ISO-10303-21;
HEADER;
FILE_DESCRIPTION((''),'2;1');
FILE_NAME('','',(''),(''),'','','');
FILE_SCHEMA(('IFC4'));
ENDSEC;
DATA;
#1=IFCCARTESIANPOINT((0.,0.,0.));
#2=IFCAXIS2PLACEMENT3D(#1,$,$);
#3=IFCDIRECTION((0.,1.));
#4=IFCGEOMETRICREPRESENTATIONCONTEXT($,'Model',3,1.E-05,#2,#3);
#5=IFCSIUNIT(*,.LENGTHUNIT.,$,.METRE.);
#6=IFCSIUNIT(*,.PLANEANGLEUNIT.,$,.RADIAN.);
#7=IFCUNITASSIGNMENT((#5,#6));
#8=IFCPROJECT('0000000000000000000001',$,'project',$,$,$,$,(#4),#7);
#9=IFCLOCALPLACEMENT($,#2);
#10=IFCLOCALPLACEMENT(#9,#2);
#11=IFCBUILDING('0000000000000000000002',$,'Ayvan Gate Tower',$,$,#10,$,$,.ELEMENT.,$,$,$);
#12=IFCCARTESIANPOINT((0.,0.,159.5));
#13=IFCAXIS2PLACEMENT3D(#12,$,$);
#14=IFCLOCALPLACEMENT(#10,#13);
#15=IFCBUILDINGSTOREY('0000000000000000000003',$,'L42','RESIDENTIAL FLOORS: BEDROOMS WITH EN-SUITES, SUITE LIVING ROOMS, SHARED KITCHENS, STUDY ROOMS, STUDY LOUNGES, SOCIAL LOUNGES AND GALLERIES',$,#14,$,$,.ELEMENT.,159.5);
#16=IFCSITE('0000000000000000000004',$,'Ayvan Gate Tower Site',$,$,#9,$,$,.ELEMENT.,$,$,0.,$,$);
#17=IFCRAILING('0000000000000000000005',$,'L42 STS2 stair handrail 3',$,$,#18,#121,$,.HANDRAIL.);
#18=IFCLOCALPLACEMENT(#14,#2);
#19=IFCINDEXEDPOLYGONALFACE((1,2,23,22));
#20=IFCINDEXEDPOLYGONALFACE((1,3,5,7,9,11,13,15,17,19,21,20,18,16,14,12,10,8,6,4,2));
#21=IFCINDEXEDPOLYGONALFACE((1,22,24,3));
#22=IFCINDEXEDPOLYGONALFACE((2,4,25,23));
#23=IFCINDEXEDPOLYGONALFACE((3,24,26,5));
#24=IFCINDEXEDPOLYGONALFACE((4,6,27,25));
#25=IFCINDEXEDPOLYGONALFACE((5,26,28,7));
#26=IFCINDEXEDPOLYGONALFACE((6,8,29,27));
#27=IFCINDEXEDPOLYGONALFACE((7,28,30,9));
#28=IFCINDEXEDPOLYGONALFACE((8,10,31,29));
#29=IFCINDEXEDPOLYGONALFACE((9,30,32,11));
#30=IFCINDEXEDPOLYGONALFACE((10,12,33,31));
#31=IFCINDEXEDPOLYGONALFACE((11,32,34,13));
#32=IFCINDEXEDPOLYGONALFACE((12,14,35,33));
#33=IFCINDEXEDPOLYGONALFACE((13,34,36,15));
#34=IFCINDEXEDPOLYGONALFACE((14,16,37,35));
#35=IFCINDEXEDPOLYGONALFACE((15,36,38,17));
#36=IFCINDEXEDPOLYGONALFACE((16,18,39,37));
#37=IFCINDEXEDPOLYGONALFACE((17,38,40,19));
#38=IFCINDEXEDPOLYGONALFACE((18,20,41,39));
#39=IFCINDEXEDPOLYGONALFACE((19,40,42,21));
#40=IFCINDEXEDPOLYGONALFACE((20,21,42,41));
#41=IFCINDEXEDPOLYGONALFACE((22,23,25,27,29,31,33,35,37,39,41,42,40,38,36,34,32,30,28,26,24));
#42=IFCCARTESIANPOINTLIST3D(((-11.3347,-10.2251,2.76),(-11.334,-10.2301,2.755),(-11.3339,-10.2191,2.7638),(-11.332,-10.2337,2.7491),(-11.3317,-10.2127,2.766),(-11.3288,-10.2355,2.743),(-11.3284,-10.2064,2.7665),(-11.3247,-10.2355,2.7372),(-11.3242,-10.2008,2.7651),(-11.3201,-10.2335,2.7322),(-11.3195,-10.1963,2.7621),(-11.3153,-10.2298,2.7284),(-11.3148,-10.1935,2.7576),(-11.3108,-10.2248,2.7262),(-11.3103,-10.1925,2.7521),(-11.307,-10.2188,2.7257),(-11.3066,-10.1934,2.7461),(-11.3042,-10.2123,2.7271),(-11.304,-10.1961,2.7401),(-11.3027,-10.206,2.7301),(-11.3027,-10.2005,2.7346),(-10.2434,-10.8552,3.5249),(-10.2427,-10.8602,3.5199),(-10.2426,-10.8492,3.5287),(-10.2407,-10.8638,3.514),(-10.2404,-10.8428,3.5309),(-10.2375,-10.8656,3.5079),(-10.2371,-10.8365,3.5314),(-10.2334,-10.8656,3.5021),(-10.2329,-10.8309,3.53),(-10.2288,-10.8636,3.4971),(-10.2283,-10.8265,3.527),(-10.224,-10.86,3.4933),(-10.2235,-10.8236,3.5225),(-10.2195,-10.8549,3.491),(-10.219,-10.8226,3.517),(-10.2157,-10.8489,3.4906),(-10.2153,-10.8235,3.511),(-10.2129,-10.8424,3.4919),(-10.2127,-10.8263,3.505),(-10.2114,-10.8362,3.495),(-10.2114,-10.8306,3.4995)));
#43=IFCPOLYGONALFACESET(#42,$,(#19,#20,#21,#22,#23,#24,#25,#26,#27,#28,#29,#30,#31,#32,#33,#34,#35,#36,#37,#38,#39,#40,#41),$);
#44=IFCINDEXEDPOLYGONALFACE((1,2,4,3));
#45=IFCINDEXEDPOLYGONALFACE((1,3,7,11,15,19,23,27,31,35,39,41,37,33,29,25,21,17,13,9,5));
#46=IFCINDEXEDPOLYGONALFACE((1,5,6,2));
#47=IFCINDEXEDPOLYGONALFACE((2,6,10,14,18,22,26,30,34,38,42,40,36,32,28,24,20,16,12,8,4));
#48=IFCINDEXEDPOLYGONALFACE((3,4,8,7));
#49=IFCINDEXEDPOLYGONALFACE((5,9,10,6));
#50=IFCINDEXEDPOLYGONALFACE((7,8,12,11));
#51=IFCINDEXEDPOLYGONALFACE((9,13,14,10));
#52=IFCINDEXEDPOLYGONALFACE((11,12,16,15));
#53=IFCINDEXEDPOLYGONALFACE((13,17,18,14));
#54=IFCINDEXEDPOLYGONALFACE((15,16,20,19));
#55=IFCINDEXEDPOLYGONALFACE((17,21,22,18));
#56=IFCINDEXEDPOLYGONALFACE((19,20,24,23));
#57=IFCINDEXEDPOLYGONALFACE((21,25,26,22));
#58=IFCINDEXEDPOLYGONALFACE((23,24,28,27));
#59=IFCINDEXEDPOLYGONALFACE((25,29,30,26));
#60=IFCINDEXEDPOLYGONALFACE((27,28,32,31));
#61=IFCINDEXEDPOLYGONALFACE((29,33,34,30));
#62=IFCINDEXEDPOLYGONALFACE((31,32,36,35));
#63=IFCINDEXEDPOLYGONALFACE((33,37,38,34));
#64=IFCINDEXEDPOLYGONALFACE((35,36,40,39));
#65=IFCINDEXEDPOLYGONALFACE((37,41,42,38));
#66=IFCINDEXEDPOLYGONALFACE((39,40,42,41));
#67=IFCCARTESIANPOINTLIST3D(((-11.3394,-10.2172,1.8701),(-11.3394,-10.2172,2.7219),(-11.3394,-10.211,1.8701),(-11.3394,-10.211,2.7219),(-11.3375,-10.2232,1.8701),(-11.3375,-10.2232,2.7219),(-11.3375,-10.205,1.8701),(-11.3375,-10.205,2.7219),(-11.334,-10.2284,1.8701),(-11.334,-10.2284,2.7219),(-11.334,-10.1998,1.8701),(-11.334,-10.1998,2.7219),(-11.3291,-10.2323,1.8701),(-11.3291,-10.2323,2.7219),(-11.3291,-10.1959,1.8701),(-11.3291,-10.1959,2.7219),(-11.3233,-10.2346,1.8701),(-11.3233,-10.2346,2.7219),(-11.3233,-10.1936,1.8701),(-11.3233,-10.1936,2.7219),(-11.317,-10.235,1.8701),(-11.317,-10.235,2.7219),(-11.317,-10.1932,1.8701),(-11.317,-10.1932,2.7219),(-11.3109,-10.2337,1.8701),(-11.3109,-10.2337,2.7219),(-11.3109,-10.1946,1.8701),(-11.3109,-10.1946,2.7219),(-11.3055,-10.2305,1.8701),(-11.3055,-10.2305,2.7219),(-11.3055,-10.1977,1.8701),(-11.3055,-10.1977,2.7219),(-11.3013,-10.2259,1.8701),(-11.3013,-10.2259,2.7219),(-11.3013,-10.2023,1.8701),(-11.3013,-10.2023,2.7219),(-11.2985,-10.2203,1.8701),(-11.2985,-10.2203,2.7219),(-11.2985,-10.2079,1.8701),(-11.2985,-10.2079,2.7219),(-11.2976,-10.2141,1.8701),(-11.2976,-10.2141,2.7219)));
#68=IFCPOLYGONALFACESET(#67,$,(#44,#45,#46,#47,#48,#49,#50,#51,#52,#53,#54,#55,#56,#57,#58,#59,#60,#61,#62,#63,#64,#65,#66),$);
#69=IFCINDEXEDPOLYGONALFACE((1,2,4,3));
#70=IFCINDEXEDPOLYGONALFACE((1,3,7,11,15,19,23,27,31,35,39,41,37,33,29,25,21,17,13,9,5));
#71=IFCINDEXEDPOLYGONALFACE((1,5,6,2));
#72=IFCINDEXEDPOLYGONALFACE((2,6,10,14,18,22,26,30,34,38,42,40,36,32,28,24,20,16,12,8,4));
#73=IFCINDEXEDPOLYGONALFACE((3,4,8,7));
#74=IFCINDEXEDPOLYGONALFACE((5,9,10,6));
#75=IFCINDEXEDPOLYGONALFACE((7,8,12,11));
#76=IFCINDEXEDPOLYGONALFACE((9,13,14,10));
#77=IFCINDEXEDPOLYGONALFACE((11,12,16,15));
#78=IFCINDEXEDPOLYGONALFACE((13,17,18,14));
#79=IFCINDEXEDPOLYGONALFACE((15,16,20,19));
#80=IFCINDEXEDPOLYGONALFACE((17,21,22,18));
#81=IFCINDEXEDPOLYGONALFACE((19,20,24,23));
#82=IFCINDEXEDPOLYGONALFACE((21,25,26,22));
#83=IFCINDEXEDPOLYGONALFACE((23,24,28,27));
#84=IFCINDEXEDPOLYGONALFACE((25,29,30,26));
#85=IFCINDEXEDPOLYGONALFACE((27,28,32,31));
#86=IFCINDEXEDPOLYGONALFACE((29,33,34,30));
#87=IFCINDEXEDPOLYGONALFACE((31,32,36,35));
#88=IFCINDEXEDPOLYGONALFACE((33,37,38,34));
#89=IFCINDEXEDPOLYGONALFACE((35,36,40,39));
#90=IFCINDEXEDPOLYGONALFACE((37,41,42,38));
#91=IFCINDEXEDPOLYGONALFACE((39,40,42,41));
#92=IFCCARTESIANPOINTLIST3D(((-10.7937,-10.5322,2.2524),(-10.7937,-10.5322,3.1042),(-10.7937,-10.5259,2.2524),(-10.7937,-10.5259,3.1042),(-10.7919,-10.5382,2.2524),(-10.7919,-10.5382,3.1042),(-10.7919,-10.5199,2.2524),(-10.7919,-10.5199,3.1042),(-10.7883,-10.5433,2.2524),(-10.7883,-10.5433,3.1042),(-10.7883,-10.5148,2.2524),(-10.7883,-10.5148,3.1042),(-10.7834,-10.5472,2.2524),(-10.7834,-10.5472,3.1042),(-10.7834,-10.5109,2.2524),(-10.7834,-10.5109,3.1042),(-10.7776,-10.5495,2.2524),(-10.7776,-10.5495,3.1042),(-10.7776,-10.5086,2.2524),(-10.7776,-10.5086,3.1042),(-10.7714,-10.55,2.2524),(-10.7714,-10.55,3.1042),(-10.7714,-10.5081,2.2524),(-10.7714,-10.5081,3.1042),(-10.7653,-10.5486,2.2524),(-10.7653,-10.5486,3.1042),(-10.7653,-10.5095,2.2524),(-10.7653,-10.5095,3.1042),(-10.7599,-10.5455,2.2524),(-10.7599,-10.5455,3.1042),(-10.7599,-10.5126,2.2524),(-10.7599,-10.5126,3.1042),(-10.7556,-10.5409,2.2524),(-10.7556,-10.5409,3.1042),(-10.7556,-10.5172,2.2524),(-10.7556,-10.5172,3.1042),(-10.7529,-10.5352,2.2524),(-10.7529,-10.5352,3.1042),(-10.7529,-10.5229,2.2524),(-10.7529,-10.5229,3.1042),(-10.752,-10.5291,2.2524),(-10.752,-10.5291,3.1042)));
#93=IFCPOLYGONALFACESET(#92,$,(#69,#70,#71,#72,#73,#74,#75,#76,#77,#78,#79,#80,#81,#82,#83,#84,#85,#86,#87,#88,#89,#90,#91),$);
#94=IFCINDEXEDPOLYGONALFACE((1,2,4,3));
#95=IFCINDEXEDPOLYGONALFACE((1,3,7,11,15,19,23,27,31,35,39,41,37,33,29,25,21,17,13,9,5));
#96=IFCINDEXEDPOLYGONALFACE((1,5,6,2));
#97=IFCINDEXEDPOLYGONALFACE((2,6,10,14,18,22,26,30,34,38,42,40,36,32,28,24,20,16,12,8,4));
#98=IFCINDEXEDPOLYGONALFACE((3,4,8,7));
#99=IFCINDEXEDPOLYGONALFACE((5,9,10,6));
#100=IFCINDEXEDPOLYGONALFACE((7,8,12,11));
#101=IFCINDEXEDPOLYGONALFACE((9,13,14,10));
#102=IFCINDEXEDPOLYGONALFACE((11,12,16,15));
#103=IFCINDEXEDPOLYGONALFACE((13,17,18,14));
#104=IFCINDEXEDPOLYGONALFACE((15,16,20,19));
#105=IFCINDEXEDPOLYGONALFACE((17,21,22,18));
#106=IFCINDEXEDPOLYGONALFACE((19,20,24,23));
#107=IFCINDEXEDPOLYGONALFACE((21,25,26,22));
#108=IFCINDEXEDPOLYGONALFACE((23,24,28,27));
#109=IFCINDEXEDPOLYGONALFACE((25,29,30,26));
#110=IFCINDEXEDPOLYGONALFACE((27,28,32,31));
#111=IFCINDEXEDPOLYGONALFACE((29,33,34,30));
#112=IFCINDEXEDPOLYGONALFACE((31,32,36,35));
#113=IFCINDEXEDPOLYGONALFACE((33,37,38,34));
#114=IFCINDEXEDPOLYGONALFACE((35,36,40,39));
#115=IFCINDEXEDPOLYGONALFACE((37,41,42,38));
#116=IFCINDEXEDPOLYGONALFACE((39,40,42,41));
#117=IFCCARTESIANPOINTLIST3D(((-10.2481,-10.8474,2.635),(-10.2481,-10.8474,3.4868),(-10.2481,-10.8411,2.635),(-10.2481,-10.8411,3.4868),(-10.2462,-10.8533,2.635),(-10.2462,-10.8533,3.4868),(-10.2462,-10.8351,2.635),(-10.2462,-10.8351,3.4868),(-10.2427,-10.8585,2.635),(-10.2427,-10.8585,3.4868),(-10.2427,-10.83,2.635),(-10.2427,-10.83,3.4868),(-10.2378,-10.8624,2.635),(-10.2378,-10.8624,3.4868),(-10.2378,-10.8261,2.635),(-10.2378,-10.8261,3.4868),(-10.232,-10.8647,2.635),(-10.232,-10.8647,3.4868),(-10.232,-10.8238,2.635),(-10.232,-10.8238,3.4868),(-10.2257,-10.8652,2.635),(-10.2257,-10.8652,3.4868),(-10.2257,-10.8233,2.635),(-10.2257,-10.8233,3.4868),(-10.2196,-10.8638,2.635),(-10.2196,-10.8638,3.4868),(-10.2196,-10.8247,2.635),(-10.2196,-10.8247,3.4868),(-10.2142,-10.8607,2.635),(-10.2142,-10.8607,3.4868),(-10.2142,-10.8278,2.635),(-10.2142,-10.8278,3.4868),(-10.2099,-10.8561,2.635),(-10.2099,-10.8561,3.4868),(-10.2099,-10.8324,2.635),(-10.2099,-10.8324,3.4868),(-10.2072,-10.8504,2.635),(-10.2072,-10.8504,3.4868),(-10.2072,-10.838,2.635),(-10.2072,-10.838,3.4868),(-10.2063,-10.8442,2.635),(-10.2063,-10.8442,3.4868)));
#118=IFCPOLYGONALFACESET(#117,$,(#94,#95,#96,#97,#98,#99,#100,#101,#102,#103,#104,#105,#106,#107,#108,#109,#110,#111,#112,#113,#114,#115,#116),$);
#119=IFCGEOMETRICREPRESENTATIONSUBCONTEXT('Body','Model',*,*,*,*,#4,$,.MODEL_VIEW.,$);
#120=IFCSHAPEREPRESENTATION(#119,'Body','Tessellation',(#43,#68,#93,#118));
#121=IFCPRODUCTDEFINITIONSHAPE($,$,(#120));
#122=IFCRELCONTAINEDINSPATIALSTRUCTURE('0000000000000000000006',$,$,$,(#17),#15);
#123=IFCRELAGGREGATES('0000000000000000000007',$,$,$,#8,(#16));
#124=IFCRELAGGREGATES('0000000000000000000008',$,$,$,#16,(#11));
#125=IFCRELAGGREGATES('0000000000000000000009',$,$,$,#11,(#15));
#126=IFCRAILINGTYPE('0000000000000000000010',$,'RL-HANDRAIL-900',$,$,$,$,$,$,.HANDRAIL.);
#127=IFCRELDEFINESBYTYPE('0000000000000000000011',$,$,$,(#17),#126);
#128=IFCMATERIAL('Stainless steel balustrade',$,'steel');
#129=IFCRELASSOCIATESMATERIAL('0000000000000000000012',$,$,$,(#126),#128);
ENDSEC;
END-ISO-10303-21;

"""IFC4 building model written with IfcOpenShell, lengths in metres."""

from ifc_helpers import new_model, si_unit, direction, frame, origin, origin_2d, place, context, subcontext, project, spatial, circle, extrude, material, type_object, element, save


model = new_model("IFC4")

# Units and contexts
model_context = context("Model", 3, precision=1e-05, world=origin(), true_north=direction((0.0, 1.0)))
body_context = subcontext(model_context, "Body", "Model", "MODEL_VIEW")
ifc_project = project(units=[si_unit("LENGTHUNIT", "METRE"), si_unit("PLANEANGLEUNIT", "RADIAN")], contexts=[model_context])

# Site, building, storey
site_placement = place(None, origin())
site = spatial("IfcSite", under=ifc_project, at=site_placement, Name="Ayvan Gate Tower Site", CompositionType="ELEMENT", RefElevation=0.0)
building_placement = place(site_placement, origin())
building = spatial("IfcBuilding", under=site, at=building_placement, Name="Ayvan Gate Tower", CompositionType="ELEMENT")
storey_placement = place(building_placement, frame((0.0, 0.0, 159.5)))
storey = spatial("IfcBuildingStorey", under=building, at=storey_placement, Name="L42", Description="RESIDENTIAL FLOORS: BEDROOMS WITH EN-SUITES, SUITE LIVING ROOMS, SHARED KITCHENS, STUDY ROOMS, STUDY LOUNGES, SOCIAL LOUNGES AND GALLERIES", CompositionType="ELEMENT", Elevation=159.5)

# Railing
ifc_material_1 = material(Name="Stainless steel balustrade", Category="steel")
railing_type_1 = type_object("IfcRailingType", Name="RL-HANDRAIL-900", PredefinedType="HANDRAIL", material=ifc_material_1)
railing_1_placement = place(storey_placement, frame((-11.3186, -10.2141, 1.8701)))
element("IfcRailing", 1, at=railing_1_placement, inside=storey, type_object=railing_type_1, Name="L42 STS2 stair handrail 3", PredefinedType="HANDRAIL", context=body_context, shape_type="SweptSolid", body=[
    extrude(circle(Radius=0.0239, at=origin_2d()), frame((0.0, 0.0, 0.876), z_axis=(0.740304, -0.427455, 0.518875), x_axis=(0.500035, 0.866005, 0.0)), (0.0, 0.0, 1.0), 1.4741),
    extrude(circle(Radius=0.021, at=origin_2d()), origin(), (0.0, 0.0, 1.0), 0.8518),
    extrude(circle(Radius=0.021, at=origin_2d()), frame((0.5457, -0.3149, 0.3823)), (0.0, 0.0, 1.0), 0.8518),
    extrude(circle(Radius=0.021, at=origin_2d()), frame((1.0913, -0.6301, 0.7649)), (0.0, 0.0, 1.0), 0.8518),
])

save(model, "model.ifc")
